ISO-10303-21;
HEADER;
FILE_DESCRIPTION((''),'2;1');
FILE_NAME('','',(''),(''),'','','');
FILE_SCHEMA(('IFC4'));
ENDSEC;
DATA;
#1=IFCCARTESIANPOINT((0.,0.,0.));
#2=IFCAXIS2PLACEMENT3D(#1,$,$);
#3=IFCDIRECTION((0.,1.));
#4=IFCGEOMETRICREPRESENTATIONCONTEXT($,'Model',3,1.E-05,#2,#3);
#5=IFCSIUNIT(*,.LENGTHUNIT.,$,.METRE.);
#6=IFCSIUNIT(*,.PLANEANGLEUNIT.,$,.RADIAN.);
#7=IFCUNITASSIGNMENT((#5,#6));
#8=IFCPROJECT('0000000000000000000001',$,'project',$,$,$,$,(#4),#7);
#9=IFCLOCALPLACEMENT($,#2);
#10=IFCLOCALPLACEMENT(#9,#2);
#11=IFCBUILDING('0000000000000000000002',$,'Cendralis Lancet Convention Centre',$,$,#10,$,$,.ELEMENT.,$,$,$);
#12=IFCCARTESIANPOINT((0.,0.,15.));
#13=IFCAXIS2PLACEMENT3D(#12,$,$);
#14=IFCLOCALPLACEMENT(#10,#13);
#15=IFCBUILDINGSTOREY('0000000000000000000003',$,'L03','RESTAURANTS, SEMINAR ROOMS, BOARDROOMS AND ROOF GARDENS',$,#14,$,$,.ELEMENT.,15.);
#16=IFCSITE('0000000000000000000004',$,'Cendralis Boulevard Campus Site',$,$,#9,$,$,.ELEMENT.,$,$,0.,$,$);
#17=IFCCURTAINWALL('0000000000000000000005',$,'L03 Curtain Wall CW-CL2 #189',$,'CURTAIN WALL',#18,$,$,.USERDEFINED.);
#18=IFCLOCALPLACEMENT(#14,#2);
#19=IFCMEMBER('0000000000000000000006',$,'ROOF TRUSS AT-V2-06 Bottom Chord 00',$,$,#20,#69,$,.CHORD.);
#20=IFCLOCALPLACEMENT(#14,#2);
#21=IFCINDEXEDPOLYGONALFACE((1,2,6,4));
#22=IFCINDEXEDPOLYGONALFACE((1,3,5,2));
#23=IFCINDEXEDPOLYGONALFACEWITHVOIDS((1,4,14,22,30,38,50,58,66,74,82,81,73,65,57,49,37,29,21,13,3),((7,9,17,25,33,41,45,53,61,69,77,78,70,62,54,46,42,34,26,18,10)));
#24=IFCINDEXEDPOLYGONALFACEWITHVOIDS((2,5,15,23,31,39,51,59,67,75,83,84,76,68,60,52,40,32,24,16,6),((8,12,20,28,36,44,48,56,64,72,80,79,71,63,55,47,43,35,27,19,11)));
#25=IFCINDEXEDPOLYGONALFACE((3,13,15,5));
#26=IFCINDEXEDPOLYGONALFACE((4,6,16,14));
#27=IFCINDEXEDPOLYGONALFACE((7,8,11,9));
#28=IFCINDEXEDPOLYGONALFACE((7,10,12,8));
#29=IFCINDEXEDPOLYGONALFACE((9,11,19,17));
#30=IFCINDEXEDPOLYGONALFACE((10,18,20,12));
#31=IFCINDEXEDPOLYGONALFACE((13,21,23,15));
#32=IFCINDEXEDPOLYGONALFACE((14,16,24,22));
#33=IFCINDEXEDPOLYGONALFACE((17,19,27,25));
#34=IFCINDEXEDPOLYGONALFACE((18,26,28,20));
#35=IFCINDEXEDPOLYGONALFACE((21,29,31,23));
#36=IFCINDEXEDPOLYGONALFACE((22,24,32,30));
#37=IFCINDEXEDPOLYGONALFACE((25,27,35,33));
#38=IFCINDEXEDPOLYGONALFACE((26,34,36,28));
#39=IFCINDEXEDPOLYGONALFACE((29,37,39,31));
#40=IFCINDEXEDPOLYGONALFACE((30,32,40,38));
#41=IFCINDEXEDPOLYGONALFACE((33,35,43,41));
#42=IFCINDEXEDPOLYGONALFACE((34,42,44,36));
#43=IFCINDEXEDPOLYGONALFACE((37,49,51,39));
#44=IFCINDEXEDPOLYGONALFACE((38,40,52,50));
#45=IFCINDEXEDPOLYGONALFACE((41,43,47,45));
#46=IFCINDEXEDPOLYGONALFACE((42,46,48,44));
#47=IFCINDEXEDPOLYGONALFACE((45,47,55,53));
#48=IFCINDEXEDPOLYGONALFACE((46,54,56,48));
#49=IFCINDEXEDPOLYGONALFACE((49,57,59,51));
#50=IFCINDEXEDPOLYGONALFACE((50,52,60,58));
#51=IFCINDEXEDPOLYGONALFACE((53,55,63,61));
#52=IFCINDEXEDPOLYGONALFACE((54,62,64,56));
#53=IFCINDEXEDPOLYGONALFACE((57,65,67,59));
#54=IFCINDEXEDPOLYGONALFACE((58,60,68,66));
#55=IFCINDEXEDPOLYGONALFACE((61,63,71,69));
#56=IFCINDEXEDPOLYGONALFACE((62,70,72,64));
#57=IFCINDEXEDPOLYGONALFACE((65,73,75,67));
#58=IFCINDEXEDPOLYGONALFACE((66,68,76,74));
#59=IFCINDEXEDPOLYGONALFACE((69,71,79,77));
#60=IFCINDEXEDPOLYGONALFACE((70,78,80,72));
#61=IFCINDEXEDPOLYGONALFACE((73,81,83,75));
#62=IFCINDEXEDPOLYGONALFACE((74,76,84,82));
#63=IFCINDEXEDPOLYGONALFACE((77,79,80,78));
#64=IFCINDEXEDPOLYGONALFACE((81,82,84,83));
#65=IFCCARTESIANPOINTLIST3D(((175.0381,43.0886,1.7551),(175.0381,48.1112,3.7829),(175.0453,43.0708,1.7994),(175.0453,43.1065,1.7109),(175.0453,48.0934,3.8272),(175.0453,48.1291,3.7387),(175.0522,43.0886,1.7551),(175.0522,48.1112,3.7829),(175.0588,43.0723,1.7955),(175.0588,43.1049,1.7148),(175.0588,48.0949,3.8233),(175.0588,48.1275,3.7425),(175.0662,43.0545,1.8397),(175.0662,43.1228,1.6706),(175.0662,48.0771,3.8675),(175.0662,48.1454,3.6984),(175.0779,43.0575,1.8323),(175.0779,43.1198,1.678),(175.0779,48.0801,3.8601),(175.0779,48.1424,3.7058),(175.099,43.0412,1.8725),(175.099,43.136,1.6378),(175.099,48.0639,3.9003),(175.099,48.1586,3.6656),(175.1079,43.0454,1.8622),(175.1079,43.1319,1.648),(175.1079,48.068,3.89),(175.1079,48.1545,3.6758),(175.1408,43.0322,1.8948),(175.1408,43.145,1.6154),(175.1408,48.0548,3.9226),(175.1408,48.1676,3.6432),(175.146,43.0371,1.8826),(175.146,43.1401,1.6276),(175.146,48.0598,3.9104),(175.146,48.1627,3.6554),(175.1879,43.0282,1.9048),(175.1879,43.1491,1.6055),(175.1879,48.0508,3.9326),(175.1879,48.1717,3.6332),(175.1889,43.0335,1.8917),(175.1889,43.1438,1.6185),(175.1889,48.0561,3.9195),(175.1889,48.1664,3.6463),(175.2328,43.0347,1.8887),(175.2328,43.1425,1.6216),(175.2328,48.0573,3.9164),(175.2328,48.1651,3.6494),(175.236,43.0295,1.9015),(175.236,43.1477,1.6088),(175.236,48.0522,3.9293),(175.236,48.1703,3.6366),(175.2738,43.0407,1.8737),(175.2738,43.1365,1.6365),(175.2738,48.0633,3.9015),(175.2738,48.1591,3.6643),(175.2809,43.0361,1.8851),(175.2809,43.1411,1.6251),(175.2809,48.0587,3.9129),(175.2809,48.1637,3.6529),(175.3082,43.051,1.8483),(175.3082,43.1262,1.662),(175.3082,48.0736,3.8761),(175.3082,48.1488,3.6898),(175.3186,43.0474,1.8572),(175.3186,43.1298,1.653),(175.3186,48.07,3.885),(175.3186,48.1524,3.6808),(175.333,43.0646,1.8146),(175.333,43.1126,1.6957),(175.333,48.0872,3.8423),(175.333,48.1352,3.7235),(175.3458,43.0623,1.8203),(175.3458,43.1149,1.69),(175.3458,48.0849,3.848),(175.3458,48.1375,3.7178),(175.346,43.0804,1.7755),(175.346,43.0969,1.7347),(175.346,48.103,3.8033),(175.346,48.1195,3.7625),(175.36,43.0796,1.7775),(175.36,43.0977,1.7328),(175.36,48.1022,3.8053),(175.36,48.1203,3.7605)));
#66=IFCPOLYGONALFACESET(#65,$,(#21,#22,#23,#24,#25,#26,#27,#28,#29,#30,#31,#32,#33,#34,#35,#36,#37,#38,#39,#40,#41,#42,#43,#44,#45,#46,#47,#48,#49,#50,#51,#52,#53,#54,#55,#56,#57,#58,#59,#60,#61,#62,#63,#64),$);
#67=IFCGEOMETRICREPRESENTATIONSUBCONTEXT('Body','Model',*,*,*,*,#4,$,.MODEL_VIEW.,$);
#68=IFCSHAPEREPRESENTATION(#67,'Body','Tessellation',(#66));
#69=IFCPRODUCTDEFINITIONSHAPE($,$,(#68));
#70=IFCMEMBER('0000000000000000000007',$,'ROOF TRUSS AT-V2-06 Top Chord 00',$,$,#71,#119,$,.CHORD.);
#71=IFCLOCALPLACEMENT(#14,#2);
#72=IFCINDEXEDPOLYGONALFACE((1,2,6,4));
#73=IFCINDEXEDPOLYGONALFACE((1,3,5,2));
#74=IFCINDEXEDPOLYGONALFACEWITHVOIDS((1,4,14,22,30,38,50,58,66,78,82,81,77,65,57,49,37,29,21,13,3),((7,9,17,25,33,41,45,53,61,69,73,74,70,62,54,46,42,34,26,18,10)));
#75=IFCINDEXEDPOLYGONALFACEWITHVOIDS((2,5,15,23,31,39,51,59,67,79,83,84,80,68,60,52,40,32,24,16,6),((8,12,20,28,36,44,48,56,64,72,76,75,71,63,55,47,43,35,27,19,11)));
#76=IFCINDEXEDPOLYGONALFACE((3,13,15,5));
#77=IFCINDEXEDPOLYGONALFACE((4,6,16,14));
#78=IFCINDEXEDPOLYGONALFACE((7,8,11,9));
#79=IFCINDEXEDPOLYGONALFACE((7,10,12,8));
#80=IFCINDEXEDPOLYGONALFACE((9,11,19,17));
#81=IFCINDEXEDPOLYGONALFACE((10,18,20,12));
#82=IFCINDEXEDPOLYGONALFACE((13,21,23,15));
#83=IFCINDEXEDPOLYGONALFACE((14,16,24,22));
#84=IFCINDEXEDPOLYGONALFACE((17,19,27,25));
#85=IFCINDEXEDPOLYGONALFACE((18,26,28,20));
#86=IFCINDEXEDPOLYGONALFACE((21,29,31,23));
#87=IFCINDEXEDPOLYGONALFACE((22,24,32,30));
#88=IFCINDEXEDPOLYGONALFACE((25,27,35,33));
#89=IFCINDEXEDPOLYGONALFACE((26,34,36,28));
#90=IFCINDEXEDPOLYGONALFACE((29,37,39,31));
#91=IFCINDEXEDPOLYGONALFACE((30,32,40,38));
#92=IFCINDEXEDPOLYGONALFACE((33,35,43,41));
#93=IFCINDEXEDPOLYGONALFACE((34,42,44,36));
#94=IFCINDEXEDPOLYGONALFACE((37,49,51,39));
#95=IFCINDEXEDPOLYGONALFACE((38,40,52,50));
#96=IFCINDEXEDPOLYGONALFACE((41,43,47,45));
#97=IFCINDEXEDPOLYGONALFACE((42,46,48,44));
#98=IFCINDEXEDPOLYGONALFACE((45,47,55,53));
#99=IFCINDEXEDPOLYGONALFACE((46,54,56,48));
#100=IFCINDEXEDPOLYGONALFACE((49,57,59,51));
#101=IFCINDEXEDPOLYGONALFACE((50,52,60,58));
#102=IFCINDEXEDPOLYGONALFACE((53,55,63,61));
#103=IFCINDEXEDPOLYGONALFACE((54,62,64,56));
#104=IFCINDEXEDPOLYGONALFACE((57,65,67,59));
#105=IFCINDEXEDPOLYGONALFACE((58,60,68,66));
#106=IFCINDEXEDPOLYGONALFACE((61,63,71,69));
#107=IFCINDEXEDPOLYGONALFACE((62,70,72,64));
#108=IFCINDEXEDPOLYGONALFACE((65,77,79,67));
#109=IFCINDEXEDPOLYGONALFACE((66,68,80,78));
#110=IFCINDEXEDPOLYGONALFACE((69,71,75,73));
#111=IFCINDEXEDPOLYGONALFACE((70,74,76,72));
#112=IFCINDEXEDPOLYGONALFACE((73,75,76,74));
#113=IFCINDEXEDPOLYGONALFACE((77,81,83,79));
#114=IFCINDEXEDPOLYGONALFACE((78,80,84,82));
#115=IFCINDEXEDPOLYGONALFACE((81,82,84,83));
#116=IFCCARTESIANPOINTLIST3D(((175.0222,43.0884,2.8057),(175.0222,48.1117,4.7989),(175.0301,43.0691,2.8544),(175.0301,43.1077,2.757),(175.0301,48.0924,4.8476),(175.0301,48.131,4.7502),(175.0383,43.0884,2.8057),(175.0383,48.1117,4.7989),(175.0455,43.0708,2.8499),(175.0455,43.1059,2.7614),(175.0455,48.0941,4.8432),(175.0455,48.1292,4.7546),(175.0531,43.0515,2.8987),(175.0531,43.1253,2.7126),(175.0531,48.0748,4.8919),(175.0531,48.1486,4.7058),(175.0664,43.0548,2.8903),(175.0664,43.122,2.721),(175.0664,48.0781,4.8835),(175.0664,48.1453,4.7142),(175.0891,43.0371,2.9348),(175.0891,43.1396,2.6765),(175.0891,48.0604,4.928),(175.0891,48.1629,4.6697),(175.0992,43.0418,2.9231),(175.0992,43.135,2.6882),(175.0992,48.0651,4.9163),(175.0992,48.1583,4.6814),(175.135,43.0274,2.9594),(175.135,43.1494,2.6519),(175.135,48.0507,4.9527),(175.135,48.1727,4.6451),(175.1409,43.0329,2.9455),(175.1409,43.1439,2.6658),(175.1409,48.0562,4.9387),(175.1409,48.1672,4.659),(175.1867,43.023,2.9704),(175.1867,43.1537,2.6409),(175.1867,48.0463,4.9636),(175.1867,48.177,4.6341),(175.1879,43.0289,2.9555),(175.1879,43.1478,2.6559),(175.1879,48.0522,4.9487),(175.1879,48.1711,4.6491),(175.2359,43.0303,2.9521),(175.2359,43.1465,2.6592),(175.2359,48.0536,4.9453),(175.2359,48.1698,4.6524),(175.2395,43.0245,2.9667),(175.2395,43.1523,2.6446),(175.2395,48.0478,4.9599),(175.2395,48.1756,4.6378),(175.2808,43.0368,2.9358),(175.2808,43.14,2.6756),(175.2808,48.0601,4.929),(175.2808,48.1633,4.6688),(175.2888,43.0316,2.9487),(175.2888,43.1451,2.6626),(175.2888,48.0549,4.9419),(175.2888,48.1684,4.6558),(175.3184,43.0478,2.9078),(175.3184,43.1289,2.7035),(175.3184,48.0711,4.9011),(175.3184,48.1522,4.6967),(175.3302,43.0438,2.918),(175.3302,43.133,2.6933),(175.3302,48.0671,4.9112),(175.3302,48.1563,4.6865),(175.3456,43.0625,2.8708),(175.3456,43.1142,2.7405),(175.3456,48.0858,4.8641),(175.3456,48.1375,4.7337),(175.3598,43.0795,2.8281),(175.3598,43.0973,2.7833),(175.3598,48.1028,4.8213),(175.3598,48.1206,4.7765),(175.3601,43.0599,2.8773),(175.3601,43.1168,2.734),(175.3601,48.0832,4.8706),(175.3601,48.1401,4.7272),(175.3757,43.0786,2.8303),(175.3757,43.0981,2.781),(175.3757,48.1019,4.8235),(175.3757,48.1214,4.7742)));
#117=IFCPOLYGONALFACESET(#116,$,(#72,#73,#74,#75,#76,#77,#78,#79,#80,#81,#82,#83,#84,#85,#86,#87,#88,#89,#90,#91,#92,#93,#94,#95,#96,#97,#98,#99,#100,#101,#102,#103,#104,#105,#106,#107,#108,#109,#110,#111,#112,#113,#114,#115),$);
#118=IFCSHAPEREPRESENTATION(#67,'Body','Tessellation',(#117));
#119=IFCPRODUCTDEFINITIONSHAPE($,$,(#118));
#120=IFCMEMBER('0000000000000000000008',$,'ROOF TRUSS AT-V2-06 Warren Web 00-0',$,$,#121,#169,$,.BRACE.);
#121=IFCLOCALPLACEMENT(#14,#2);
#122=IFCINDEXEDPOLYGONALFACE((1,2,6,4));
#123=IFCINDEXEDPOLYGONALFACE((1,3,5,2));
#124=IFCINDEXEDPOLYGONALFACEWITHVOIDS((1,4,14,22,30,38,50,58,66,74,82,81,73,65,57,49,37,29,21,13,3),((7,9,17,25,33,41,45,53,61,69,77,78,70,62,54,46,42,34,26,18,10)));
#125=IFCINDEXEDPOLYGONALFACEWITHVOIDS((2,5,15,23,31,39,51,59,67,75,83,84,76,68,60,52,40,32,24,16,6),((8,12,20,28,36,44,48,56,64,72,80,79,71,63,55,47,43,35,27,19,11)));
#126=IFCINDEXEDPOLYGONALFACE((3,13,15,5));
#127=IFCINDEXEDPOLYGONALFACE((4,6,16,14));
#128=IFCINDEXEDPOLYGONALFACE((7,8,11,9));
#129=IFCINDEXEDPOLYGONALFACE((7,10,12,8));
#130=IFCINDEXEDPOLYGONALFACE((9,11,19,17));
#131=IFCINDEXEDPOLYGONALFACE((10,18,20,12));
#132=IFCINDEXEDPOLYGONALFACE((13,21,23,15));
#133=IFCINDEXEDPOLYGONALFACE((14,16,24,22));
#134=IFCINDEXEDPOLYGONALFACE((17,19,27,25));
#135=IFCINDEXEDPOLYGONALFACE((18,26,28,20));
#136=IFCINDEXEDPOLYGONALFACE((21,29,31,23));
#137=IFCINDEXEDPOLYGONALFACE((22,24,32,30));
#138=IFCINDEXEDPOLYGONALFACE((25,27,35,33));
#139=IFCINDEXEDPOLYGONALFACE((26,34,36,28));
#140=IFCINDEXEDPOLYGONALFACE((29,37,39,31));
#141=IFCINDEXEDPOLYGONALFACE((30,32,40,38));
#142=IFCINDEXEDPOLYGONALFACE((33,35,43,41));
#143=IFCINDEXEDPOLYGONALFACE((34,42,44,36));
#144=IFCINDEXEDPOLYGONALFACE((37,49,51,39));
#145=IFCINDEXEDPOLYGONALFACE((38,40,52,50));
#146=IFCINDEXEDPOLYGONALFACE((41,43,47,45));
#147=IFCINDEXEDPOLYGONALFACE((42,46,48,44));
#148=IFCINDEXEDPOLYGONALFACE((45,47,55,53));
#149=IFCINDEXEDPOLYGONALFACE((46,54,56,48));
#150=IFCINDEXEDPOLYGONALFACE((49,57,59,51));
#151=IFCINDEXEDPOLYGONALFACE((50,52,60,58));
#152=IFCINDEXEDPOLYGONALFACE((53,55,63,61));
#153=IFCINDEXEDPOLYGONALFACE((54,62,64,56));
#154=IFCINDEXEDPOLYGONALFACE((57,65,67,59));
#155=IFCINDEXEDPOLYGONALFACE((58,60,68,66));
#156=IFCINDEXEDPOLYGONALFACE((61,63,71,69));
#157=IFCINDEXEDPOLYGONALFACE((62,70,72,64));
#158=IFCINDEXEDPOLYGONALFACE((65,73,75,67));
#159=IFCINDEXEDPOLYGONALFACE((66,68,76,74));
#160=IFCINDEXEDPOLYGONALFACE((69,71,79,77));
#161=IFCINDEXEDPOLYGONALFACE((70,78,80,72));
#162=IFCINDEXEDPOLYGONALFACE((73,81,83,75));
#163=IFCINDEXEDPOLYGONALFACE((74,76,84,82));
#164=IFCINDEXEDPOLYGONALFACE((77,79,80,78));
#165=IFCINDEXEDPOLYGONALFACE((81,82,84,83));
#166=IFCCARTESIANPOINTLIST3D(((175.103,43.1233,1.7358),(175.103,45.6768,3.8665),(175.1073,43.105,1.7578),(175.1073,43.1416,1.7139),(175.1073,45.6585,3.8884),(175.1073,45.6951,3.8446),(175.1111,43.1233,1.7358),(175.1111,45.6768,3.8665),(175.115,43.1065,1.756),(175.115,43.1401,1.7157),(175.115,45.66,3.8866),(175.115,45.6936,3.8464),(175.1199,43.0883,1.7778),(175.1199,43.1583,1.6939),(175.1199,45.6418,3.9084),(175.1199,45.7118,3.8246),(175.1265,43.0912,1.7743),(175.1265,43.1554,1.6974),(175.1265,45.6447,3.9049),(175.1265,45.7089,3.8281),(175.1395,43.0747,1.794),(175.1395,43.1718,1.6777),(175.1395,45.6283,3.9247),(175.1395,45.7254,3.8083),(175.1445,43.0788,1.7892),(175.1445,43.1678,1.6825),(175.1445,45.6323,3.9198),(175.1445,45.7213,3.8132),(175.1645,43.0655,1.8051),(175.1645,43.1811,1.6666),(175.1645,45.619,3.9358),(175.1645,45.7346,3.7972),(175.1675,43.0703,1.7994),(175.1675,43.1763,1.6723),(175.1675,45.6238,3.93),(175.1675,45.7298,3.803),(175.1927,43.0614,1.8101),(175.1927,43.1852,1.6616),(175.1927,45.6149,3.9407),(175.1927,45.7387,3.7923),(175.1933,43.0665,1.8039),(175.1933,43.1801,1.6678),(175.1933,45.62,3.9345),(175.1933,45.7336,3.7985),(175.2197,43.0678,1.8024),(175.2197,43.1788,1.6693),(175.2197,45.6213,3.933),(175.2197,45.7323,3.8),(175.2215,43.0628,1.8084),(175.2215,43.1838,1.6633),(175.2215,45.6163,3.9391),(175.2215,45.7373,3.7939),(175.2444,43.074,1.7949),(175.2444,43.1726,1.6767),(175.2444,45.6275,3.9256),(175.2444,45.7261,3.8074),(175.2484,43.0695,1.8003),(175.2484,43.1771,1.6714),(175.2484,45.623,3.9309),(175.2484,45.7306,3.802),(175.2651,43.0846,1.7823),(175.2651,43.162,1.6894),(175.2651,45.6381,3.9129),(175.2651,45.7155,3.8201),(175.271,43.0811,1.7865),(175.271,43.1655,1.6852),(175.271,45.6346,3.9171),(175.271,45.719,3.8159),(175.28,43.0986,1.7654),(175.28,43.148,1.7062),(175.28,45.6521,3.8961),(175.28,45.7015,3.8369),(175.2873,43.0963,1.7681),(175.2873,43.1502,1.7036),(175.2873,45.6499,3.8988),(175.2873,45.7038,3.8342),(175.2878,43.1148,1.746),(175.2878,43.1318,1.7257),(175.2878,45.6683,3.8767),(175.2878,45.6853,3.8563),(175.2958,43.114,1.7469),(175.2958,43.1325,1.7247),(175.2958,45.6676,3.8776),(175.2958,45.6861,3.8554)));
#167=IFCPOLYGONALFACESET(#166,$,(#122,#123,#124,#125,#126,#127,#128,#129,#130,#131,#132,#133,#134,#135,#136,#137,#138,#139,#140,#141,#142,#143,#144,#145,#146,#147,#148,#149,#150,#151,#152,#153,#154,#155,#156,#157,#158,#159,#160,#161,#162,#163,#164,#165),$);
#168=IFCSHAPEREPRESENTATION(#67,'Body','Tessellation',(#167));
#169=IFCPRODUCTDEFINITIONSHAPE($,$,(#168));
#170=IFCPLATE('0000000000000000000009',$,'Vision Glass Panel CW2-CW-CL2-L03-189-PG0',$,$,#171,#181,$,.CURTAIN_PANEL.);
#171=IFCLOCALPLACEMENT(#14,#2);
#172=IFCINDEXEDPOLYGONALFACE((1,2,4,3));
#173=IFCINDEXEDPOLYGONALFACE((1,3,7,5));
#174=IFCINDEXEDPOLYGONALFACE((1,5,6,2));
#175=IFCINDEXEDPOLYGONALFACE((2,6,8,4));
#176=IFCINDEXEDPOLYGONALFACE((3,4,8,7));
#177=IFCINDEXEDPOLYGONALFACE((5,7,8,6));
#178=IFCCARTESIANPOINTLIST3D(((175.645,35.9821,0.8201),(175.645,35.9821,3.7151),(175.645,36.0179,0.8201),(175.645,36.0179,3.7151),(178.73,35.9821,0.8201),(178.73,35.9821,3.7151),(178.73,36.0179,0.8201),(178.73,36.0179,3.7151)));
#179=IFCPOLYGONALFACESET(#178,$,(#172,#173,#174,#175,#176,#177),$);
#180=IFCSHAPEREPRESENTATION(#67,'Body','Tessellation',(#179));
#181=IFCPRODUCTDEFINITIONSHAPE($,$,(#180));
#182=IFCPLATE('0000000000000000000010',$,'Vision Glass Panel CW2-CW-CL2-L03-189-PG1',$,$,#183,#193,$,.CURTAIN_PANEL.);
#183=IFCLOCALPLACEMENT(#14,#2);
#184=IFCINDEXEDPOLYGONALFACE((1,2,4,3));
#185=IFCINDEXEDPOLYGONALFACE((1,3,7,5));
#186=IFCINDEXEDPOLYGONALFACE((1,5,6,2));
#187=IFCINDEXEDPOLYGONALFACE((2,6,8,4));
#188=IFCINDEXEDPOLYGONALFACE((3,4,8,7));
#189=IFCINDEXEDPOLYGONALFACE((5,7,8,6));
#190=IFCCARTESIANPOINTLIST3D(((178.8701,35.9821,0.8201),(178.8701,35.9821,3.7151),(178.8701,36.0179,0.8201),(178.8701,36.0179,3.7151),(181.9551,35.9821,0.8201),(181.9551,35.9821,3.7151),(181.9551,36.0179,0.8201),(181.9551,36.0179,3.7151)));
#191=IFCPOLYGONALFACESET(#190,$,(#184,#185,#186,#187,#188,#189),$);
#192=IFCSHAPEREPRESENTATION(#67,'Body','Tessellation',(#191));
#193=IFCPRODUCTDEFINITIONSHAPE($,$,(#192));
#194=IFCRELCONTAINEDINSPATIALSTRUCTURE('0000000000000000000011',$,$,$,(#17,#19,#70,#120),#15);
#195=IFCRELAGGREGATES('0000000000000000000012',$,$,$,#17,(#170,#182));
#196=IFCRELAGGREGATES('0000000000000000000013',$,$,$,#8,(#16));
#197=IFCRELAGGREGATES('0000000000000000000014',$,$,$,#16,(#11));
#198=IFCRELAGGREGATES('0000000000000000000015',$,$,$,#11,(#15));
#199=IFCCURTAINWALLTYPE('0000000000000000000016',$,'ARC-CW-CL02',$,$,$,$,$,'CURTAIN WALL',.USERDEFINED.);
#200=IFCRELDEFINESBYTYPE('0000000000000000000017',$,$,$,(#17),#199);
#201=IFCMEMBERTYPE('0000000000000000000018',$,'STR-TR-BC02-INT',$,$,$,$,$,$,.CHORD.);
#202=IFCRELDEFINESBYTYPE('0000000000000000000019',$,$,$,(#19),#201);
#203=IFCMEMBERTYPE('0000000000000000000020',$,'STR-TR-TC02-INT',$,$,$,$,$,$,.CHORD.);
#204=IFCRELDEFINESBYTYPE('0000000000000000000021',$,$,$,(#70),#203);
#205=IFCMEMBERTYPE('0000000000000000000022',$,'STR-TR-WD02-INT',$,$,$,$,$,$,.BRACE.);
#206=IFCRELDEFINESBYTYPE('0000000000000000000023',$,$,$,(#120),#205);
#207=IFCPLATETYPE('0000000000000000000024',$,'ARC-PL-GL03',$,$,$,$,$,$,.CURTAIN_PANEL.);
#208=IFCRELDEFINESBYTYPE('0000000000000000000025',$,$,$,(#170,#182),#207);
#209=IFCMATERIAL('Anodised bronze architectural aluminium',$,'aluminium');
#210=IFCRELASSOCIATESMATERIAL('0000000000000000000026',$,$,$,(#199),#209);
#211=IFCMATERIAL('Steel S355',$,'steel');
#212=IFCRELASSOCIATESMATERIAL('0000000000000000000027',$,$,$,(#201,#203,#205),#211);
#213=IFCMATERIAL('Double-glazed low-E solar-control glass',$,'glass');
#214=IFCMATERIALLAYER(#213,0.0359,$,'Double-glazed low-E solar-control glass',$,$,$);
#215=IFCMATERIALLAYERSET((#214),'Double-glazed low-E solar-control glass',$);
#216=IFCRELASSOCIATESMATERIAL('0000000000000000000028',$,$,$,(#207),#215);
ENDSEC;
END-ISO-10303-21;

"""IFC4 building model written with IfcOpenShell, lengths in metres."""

from ifc_helpers import new_model, si_unit, direction, frame, origin, origin_2d, place, context, subcontext, project, spatial, rectangle, hollow_circle, extrude, material, layer, layer_set, material_profile, profile_set, type_object, element, aggregate, save


model = new_model("IFC4")

# Units and contexts
model_context = context("Model", 3, precision=1e-05, world=origin(), true_north=direction((0.0, 1.0)))
body_context = subcontext(model_context, "Body", "Model", "MODEL_VIEW")
ifc_project = project(units=[si_unit("LENGTHUNIT", "METRE"), si_unit("PLANEANGLEUNIT", "RADIAN")], contexts=[model_context])

# Site, building, storey
site_placement = place(None, origin())
site = spatial("IfcSite", under=ifc_project, at=site_placement, Name="Cendralis Boulevard Campus Site", CompositionType="ELEMENT", RefElevation=0.0)
building_placement = place(site_placement, origin())
building = spatial("IfcBuilding", under=site, at=building_placement, Name="Cendralis Lancet Convention Centre", CompositionType="ELEMENT")
storey_placement = place(building_placement, frame((0.0, 0.0, 15.0)))
storey = spatial("IfcBuildingStorey", under=building, at=storey_placement, Name="L03", Description="RESTAURANTS, SEMINAR ROOMS, BOARDROOMS AND ROOF GARDENS", CompositionType="ELEMENT", Elevation=15.0)

# Curtain wall
ifc_material_1 = material(Name="Anodised bronze architectural aluminium", Category="aluminium")
curtain_wall_type = type_object("IfcCurtainWallType", Name="ARC-CW-CL02", ElementType="CURTAIN WALL", PredefinedType="USERDEFINED", material=ifc_material_1)
curtain_wall_placement = place(storey_placement, origin())
curtain_wall = element("IfcCurtainWall", 1, at=curtain_wall_placement, inside=storey, type_object=curtain_wall_type, Name="L03 Curtain Wall CW-CL2 #189", ObjectType="CURTAIN WALL", PredefinedType="USERDEFINED")

# Members
ifc_material_2 = material(Name="Steel S355", Category="steel")
ifc_material_profile_1 = material_profile(ifc_material_2, hollow_circle(Radius=0.1619, WallThickness=0.0142, at=origin_2d()), Name="CHS 323.9x14.2")
ifc_profile_set_1 = profile_set([ifc_material_profile_1], Name="Steel S355")
member_type_1 = type_object("IfcMemberType", Name="STR-TR-BC02-INT", PredefinedType="CHORD", material=ifc_profile_set_1)
member_1_placement = place(storey_placement, frame((175.2, 43.0886, 1.7551), z_axis=(0.0, 0.927278, 0.374373), x_axis=(-1.0, 0.0, 0.0)))
element("IfcMember", 2, at=member_1_placement, inside=storey, type_object=member_type_1, Name="ROOF TRUSS AT-V2-06 Bottom Chord 00", PredefinedType="CHORD", context=body_context, shape_type="SweptSolid", body=[
    extrude(hollow_circle(Radius=0.1619, WallThickness=0.0142, at=origin_2d()), origin(), (0.0, 0.0, 1.0), 5.4165),
])
ifc_material_profile_2 = material_profile(ifc_material_2, hollow_circle(Radius=0.1777, WallThickness=0.0161, at=origin_2d()), Name="CHS 355.6x16.0")
ifc_profile_set_2 = profile_set([ifc_material_profile_2], Name="Steel S355")
member_type_2 = type_object("IfcMemberType", Name="STR-TR-TC02-INT", PredefinedType="CHORD", material=ifc_profile_set_2)
member_2_placement = place(storey_placement, frame((175.2, 43.0884, 2.8057), z_axis=(0.0, 0.929501, 0.368819), x_axis=(-1.0, 0.0, 0.0)))
element("IfcMember", 3, at=member_2_placement, inside=storey, type_object=member_type_2, Name="ROOF TRUSS AT-V2-06 Top Chord 00", PredefinedType="CHORD", context=body_context, shape_type="SweptSolid", body=[
    extrude(hollow_circle(Radius=0.1777, WallThickness=0.0161, at=origin_2d()), origin(), (0.0, 0.0, 1.0), 5.4043),
])
ifc_material_profile_3 = material_profile(ifc_material_2, hollow_circle(Radius=0.0969, WallThickness=0.0081, at=origin_2d()), Name="CHS 193.7x8.0")
ifc_profile_set_3 = profile_set([ifc_material_profile_3], Name="Steel S355")
member_type_3 = type_object("IfcMemberType", Name="STR-TR-WD02-INT", PredefinedType="BRACE", material=ifc_profile_set_3)
member_3_placement = place(storey_placement, frame((175.2, 43.1233, 1.7358), z_axis=(0.0, 0.767818, 0.640668), x_axis=(-1.0, 0.0, 0.0)))
element("IfcMember", 4, at=member_3_placement, inside=storey, type_object=member_type_3, Name="ROOF TRUSS AT-V2-06 Warren Web 00-0", PredefinedType="BRACE", context=body_context, shape_type="SweptSolid", body=[
    extrude(hollow_circle(Radius=0.0969, WallThickness=0.0081, at=origin_2d()), origin(), (0.0, 0.0, 1.0), 3.3257),
])

# Plates
ifc_material_3 = material(Name="Double-glazed low-E solar-control glass", Category="glass")
ifc_layer_1 = layer(ifc_material_3, 0.0359, Name="Double-glazed low-E solar-control glass")
ifc_layer_set_1 = layer_set([ifc_layer_1], Name="Double-glazed low-E solar-control glass")
plate_type_1 = type_object("IfcPlateType", Name="ARC-PL-GL03", PredefinedType="CURTAIN_PANEL", material=ifc_layer_set_1)
plate_1_placement = place(storey_placement, frame((177.1875, 36.0, 0.8201), z_axis=(0.0, 0.0, 1.0), x_axis=(1.0, 0.0, 0.0)))
plate_1 = element("IfcPlate", 5, at=plate_1_placement, type_object=plate_type_1, Name="Vision Glass Panel CW2-CW-CL2-L03-189-PG0", PredefinedType="CURTAIN_PANEL", context=body_context, shape_type="SweptSolid", body=[
    extrude(rectangle(XDim=3.085, YDim=0.0359, at=origin_2d()), origin(), (0.0, 0.0, 1.0), 2.895),
])
plate_2_placement = place(storey_placement, frame((180.4126, 36.0, 0.8201), z_axis=(0.0, 0.0, 1.0), x_axis=(1.0, 0.0, 0.0)))
plate_2 = element("IfcPlate", 6, at=plate_2_placement, type_object=plate_type_1, Name="Vision Glass Panel CW2-CW-CL2-L03-189-PG1", PredefinedType="CURTAIN_PANEL", context=body_context, shape_type="SweptSolid", body=[
    extrude(rectangle(XDim=3.085, YDim=0.0359, at=origin_2d()), origin(), (0.0, 0.0, 1.0), 2.895),
])
aggregate(curtain_wall, [plate_1, plate_2])

save(model, "model.ifc")
